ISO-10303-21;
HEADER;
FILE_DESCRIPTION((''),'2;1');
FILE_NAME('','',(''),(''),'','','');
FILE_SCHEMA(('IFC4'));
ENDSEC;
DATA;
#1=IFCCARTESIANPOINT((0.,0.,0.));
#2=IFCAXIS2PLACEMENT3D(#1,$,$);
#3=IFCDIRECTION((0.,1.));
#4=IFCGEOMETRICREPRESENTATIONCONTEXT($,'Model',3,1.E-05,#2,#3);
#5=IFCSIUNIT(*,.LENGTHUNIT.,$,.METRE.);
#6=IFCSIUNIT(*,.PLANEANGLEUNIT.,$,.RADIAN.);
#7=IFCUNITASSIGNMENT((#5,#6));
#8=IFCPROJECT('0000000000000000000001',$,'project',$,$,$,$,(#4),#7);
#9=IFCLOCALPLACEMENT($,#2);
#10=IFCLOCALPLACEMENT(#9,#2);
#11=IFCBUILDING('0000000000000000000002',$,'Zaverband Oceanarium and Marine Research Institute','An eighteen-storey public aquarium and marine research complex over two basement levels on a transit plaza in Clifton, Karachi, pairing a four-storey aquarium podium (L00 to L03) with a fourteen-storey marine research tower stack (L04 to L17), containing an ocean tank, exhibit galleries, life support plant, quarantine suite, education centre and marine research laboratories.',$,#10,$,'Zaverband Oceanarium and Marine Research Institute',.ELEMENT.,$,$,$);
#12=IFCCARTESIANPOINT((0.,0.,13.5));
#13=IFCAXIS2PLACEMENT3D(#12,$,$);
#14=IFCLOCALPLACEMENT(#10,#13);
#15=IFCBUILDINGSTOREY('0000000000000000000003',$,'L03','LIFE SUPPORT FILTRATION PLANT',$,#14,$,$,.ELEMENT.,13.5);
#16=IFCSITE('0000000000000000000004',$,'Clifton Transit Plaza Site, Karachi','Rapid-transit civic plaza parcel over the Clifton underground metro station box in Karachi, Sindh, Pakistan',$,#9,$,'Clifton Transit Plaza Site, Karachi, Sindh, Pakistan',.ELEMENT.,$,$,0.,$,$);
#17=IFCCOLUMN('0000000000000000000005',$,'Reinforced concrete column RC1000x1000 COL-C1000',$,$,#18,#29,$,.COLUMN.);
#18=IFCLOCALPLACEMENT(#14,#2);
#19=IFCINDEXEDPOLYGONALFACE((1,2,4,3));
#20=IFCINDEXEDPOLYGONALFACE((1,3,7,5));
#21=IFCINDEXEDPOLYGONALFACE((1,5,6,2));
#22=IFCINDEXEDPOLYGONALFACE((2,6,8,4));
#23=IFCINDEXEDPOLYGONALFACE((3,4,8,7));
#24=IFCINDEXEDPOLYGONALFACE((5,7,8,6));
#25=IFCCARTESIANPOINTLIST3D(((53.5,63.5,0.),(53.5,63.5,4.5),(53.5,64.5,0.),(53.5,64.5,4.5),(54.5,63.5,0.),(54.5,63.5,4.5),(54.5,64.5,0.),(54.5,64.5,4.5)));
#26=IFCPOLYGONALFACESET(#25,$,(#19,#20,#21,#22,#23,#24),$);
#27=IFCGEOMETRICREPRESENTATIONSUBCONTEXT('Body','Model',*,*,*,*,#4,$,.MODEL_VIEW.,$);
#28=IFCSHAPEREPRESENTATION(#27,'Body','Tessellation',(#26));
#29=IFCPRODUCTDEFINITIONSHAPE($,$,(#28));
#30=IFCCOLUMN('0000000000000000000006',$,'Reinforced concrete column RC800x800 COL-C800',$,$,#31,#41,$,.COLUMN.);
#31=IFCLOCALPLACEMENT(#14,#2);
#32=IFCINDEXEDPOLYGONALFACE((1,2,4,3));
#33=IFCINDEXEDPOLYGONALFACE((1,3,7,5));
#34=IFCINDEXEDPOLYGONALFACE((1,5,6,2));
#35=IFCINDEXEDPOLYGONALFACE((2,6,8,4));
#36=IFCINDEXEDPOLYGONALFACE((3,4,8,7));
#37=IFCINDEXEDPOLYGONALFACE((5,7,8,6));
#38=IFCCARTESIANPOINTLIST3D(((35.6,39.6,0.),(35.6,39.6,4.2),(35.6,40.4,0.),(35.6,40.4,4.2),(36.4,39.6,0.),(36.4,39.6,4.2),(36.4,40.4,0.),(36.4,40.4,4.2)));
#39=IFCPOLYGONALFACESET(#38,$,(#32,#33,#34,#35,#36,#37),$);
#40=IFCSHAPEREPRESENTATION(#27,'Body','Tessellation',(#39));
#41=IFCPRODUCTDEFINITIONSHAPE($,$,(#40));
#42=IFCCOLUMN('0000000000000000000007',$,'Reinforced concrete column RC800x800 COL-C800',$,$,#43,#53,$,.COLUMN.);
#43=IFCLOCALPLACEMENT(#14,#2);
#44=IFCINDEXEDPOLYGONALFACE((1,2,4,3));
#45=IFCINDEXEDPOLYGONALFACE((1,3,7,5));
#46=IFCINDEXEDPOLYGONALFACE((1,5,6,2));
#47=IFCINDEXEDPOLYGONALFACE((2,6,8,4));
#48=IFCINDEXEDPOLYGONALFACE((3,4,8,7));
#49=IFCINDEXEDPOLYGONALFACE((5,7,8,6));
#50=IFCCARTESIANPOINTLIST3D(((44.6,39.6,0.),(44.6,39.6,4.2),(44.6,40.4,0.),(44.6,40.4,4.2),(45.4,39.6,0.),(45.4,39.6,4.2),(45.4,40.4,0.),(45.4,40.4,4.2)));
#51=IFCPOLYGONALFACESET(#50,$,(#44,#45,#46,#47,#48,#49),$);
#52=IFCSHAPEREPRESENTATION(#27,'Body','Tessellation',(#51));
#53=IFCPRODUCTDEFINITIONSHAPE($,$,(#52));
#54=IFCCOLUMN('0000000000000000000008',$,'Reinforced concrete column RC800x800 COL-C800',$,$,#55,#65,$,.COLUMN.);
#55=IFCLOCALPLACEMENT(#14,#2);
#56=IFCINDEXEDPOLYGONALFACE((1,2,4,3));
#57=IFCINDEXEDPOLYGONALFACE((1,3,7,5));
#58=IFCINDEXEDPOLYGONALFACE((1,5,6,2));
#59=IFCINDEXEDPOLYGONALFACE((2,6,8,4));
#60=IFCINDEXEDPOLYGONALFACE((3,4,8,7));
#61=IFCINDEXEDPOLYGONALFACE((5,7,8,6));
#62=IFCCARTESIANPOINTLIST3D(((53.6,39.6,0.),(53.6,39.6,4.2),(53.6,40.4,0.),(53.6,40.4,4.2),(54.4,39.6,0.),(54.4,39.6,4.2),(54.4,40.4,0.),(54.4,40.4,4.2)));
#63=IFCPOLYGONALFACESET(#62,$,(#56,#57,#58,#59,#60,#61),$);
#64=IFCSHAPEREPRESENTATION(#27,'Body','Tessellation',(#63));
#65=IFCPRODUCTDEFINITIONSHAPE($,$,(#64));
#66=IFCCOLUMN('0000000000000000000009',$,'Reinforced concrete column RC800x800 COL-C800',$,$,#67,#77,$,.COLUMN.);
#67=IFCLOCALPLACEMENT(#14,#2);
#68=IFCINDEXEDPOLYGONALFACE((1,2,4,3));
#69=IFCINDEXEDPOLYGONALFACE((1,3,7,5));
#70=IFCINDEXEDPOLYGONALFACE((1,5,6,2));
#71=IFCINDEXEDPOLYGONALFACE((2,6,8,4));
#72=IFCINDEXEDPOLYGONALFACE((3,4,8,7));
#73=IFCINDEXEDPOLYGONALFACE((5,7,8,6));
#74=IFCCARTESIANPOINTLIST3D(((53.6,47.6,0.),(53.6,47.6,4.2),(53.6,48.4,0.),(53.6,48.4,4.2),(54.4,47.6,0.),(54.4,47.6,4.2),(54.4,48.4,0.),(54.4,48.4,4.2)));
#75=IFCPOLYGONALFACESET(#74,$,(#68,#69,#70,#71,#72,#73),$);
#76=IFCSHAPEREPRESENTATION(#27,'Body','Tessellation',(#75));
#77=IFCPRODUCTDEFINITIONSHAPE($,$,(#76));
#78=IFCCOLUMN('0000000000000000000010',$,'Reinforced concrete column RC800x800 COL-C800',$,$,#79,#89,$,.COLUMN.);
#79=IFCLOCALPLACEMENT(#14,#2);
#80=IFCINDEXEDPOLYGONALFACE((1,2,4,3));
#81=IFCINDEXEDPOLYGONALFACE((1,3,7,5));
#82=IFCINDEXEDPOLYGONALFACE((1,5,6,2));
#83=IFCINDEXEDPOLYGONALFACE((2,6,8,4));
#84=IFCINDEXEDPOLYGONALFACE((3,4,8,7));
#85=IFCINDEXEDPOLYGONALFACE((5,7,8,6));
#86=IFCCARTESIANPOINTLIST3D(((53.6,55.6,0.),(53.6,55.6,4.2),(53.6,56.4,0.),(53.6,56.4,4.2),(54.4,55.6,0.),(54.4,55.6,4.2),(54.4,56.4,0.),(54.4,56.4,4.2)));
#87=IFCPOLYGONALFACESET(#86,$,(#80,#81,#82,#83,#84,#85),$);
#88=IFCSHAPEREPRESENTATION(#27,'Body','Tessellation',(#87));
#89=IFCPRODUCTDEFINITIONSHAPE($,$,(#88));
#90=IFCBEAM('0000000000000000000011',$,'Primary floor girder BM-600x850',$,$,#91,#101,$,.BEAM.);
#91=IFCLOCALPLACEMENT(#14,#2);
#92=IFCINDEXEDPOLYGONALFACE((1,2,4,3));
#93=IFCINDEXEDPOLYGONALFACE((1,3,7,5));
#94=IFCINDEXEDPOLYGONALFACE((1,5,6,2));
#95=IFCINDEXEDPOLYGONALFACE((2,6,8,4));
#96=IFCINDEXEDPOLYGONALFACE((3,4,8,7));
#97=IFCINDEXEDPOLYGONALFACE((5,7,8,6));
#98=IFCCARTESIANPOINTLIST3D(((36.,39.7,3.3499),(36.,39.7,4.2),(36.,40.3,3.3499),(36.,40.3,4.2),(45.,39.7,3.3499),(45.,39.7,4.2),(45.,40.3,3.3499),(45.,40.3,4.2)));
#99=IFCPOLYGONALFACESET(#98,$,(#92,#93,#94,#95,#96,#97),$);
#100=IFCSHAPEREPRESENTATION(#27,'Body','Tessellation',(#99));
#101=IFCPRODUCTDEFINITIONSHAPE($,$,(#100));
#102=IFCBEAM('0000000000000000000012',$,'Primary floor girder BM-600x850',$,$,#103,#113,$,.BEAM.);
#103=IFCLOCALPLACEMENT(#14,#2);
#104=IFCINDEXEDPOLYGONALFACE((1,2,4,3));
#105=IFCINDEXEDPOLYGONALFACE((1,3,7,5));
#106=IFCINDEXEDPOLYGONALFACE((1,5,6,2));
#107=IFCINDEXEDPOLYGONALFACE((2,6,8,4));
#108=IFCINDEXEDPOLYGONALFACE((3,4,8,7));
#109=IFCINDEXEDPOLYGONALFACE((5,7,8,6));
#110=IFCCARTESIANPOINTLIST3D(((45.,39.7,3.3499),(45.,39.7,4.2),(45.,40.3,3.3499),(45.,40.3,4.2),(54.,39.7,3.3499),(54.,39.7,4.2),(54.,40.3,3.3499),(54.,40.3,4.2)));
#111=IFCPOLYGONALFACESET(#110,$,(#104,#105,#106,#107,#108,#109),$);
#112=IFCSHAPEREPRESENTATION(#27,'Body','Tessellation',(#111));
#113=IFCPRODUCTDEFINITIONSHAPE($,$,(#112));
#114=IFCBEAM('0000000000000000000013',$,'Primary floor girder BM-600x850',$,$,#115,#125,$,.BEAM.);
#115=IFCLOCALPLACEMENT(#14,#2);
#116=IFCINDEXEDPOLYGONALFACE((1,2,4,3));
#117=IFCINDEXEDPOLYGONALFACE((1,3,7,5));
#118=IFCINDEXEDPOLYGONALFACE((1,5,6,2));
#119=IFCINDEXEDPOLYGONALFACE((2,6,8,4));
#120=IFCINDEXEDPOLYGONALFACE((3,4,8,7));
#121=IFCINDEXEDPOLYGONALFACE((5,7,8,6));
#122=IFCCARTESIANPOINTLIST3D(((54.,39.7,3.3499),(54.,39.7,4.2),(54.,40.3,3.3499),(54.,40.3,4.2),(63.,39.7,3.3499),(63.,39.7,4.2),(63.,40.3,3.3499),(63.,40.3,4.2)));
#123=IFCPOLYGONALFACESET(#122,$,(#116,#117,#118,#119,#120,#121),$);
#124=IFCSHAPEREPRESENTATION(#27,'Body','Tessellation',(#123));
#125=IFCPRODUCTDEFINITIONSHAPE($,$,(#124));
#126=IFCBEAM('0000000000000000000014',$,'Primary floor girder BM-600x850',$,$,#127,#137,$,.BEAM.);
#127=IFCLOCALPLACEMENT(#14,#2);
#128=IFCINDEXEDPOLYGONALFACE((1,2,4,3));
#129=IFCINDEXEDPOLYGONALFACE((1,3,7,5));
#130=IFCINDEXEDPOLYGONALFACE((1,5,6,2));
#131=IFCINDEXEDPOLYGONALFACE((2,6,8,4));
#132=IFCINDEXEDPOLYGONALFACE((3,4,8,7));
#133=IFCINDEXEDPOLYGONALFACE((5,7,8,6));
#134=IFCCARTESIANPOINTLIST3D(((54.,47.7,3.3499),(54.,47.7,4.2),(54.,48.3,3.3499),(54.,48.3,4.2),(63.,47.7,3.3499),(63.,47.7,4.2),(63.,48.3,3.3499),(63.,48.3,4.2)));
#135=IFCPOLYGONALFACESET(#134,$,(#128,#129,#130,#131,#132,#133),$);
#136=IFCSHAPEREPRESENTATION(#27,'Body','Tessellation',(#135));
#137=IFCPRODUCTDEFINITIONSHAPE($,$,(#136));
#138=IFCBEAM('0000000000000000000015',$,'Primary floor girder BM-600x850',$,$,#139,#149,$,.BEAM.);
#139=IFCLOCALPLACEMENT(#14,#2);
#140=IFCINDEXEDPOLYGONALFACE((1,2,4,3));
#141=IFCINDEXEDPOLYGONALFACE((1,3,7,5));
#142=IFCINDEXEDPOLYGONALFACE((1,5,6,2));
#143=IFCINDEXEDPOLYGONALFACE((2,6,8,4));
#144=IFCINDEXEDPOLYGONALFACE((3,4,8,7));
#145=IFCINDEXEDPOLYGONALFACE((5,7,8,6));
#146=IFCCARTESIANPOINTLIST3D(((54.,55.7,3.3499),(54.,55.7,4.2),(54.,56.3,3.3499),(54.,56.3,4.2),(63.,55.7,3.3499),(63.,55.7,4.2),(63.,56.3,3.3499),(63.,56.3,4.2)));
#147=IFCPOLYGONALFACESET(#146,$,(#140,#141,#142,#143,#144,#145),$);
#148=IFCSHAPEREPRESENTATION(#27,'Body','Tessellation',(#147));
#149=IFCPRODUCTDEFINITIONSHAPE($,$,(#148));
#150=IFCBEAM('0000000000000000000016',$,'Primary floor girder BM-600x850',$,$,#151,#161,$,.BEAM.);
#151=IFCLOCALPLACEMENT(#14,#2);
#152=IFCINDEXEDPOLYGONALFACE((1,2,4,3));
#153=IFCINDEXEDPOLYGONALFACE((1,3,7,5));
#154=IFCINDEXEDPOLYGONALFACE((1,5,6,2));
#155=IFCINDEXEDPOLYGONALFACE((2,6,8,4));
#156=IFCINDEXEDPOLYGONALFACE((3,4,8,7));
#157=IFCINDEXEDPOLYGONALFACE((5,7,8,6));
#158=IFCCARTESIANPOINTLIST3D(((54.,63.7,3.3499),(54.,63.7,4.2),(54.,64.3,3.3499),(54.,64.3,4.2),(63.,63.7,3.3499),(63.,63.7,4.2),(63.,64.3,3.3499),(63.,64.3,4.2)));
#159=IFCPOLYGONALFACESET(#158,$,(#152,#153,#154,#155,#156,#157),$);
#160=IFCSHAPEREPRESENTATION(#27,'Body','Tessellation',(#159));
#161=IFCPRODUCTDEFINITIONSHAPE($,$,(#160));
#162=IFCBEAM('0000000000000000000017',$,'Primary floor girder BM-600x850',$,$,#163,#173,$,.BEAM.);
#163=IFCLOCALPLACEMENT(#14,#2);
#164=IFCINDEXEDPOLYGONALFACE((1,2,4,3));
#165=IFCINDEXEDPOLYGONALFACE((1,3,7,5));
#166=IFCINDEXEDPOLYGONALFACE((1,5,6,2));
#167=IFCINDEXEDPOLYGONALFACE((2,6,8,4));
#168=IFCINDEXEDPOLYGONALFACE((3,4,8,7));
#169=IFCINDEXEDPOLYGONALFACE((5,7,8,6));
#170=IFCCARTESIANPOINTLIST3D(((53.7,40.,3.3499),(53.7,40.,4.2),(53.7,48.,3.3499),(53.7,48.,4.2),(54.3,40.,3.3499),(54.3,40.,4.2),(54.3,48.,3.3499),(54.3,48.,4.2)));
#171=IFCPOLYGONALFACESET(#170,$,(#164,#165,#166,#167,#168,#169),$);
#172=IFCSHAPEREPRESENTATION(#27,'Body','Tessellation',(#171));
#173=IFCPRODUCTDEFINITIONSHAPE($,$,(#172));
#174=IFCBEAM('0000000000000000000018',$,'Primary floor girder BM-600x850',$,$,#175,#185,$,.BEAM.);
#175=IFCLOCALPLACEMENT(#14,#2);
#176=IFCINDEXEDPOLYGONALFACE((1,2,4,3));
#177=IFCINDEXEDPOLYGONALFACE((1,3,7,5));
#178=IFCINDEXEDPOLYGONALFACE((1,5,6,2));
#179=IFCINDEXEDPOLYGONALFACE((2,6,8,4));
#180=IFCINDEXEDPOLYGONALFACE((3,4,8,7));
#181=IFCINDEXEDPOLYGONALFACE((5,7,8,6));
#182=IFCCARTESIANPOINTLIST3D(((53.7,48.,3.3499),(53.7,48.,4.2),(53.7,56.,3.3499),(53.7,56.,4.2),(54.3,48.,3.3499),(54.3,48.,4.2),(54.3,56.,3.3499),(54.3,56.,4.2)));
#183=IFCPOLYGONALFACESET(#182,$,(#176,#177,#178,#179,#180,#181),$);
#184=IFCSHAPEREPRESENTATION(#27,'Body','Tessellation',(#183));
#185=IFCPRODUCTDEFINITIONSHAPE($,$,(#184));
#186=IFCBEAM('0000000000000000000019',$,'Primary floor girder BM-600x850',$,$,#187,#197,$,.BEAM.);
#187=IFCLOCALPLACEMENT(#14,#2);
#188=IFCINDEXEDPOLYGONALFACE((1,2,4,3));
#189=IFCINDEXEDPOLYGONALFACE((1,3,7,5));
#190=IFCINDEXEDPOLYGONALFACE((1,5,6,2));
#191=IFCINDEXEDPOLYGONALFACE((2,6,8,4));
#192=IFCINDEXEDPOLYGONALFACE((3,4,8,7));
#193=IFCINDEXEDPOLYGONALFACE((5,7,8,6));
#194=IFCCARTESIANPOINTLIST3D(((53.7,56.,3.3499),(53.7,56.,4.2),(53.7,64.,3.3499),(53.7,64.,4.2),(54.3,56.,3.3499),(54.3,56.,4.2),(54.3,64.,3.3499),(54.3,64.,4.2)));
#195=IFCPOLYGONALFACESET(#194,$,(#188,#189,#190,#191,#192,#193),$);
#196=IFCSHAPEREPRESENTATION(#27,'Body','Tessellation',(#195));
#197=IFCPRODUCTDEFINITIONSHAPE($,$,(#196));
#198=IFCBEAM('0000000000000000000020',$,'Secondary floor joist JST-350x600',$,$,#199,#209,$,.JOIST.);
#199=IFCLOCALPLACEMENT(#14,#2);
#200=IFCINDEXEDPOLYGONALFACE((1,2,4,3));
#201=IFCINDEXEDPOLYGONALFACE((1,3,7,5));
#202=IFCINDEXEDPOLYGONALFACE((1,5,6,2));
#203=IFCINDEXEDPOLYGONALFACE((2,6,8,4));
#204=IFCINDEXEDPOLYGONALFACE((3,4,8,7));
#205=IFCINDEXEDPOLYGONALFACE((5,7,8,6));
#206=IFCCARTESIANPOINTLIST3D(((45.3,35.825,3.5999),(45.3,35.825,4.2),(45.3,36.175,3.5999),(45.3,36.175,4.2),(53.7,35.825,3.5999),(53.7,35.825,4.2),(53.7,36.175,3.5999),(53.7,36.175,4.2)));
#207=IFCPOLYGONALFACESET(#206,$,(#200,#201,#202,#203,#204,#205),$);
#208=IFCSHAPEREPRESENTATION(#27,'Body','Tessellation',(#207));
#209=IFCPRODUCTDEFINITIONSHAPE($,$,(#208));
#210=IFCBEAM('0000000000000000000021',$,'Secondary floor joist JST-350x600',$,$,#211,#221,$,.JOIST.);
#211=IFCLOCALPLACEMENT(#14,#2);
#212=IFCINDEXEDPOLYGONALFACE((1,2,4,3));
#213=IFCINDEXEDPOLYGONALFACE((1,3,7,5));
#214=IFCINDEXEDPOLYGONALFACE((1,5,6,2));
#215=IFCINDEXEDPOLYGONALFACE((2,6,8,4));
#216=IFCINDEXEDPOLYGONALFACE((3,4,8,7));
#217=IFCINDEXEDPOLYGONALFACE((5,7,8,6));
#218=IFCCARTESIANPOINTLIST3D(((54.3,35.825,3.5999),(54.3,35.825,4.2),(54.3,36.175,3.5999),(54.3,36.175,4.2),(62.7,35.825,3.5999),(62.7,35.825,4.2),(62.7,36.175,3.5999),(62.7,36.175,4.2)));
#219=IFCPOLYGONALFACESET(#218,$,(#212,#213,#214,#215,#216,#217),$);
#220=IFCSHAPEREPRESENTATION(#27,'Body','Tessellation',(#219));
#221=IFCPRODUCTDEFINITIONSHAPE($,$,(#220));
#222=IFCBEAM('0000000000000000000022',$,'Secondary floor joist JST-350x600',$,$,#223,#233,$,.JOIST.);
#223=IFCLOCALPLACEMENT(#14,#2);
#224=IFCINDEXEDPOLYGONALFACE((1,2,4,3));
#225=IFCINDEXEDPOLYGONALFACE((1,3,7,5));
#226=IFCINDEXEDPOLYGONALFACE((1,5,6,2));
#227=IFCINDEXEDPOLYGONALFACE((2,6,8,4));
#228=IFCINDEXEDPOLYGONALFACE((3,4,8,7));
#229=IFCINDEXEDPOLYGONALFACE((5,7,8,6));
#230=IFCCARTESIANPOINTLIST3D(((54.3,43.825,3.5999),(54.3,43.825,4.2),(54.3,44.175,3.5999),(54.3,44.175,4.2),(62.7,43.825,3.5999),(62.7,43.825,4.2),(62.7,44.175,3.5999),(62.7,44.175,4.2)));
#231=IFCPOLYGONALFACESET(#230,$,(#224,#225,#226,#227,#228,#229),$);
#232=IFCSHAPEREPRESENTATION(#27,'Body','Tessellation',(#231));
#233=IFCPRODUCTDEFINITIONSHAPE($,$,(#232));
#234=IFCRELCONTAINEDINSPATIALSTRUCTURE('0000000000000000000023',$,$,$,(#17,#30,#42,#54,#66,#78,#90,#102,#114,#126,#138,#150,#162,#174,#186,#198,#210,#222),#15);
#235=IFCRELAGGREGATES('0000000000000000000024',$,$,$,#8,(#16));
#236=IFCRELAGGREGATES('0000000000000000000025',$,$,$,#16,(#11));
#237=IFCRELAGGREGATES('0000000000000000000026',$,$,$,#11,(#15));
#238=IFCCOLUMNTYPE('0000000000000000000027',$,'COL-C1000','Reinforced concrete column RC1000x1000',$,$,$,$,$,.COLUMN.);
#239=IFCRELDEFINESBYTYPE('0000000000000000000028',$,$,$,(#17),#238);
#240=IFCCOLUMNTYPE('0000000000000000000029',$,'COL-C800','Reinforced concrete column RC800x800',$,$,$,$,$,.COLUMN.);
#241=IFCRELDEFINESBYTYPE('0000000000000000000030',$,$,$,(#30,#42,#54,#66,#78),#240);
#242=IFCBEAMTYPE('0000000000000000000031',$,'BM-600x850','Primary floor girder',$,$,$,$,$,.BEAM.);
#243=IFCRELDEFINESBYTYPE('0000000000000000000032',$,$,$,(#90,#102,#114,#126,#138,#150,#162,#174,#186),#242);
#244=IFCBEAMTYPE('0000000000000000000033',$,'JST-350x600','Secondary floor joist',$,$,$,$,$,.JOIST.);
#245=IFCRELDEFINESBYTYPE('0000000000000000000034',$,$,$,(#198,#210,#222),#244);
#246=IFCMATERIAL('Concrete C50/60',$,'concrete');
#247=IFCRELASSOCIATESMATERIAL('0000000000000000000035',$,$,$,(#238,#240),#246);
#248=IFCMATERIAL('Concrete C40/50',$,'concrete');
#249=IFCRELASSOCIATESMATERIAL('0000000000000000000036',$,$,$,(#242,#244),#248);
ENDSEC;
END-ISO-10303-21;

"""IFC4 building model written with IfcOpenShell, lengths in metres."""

from ifc_helpers import new_model, si_unit, direction, frame, origin, origin_2d, place, context, subcontext, project, spatial, rectangle, extrude, material, material_profile, profile_set, type_object, element, save


model = new_model("IFC4")

# Units and contexts
model_context = context("Model", 3, precision=1e-05, world=origin(), true_north=direction((0.0, 1.0)))
body_context = subcontext(model_context, "Body", "Model", "MODEL_VIEW")
ifc_project = project(units=[si_unit("LENGTHUNIT", "METRE"), si_unit("PLANEANGLEUNIT", "RADIAN")], contexts=[model_context])

# Site, building, storey
site_placement = place(None, origin())
site = spatial("IfcSite", under=ifc_project, at=site_placement, Name="Clifton Transit Plaza Site, Karachi", Description="Rapid-transit civic plaza parcel over the Clifton underground metro station box in Karachi, Sindh, Pakistan", LongName="Clifton Transit Plaza Site, Karachi, Sindh, Pakistan", CompositionType="ELEMENT", RefElevation=0.0)
building_placement = place(site_placement, origin())
building = spatial("IfcBuilding", under=site, at=building_placement, Name="Zaverband Oceanarium and Marine Research Institute", Description="An eighteen-storey public aquarium and marine research complex over two basement levels on a transit plaza in Clifton, Karachi, pairing a four-storey aquarium podium (L00 to L03) with a fourteen-storey marine research tower stack (L04 to L17), containing an ocean tank, exhibit galleries, life support plant, quarantine suite, education centre and marine research laboratories.", LongName="Zaverband Oceanarium and Marine Research Institute", CompositionType="ELEMENT")
storey_placement = place(building_placement, frame((0.0, 0.0, 13.5)))
storey = spatial("IfcBuildingStorey", under=building, at=storey_placement, Name="L03", Description="LIFE SUPPORT FILTRATION PLANT", CompositionType="ELEMENT", Elevation=13.5)

# Columns
ifc_material_1 = material(Name="Concrete C50/60", Category="concrete")
ifc_material_profile_1 = material_profile(ifc_material_1, rectangle(XDim=1.0, YDim=1.0, at=origin_2d()), Name="RC1000x1000")
ifc_profile_set_1 = profile_set([ifc_material_profile_1], Name="Concrete C50/60")
column_type_1 = type_object("IfcColumnType", Name="COL-C1000", Description="Reinforced concrete column RC1000x1000", PredefinedType="COLUMN", material=ifc_profile_set_1)
column_placement = place(storey_placement, frame((54.0, 64.0, 0.0), z_axis=(0.0, 0.0, 1.0), x_axis=(1.0, 0.0, 0.0)))
element("IfcColumn", 1, at=column_placement, inside=storey, type_object=column_type_1, Name="Reinforced concrete column RC1000x1000 COL-C1000", PredefinedType="COLUMN", context=body_context, shape_type="SweptSolid", body=[
    extrude(rectangle(XDim=1.0, YDim=1.0, at=origin_2d()), origin(), (0.0, 0.0, 1.0), 4.5),
])
ifc_material_profile_2 = material_profile(ifc_material_1, rectangle(XDim=0.8, YDim=0.8, at=origin_2d()), Name="RC800x800")
ifc_profile_set_2 = profile_set([ifc_material_profile_2], Name="Concrete C50/60")
column_type_2 = type_object("IfcColumnType", Name="COL-C800", Description="Reinforced concrete column RC800x800", PredefinedType="COLUMN", material=ifc_profile_set_2)
for number, where, z_axis, x_axis, name in (
    (2, (36.0, 40.0, 0.0), (0.0, 0.0, 1.0), (1.0, 0.0, 0.0), "Reinforced concrete column RC800x800 COL-C800"),
    (3, (45.0, 40.0, 0.0), (0.0, 0.0, 1.0), (1.0, 0.0, 0.0), "Reinforced concrete column RC800x800 COL-C800"),
    (4, (54.0, 40.0, 0.0), (0.0, 0.0, 1.0), (1.0, 0.0, 0.0), "Reinforced concrete column RC800x800 COL-C800"),
    (5, (54.0, 48.0, 0.0), (0.0, 0.0, 1.0), (1.0, 0.0, 0.0), "Reinforced concrete column RC800x800 COL-C800"),
    (6, (54.0, 56.0, 0.0), (0.0, 0.0, 1.0), (1.0, 0.0, 0.0), "Reinforced concrete column RC800x800 COL-C800"),
):
    element("IfcColumn", number, at=place(storey_placement, frame(where, z_axis=z_axis, x_axis=x_axis)), inside=storey, type_object=column_type_2, Name=name, PredefinedType="COLUMN", context=body_context, shape_type="SweptSolid", body=[
        extrude(rectangle(XDim=0.8, YDim=0.8, at=origin_2d()), origin(), (0.0, 0.0, 1.0), 4.2),
    ])

# Beams
ifc_material_2 = material(Name="Concrete C40/50", Category="concrete")
ifc_material_profile_3 = material_profile(ifc_material_2, rectangle(XDim=0.6001, YDim=0.8501, at=origin_2d()), Name="RC600x850")
ifc_profile_set_3 = profile_set([ifc_material_profile_3], Name="Concrete C40/50")
beam_type_1 = type_object("IfcBeamType", Name="BM-600x850", Description="Primary floor girder", PredefinedType="BEAM", material=ifc_profile_set_3)
for number, where, z_axis, x_axis, name in (
    (7, (36.0, 40.0, 3.7749), (1.0, 0.0, 0.0), (0.0, 1.0, 0.0), "Primary floor girder BM-600x850"),
    (8, (45.0, 40.0, 3.7749), (1.0, 0.0, 0.0), (0.0, 1.0, 0.0), "Primary floor girder BM-600x850"),
    (9, (54.0, 40.0, 3.7749), (1.0, 0.0, 0.0), (0.0, 1.0, 0.0), "Primary floor girder BM-600x850"),
    (10, (54.0, 48.0, 3.7749), (1.0, 0.0, 0.0), (0.0, 1.0, 0.0), "Primary floor girder BM-600x850"),
    (11, (54.0, 56.0, 3.7749), (1.0, 0.0, 0.0), (0.0, 1.0, 0.0), "Primary floor girder BM-600x850"),
    (12, (54.0, 64.0, 3.7749), (1.0, 0.0, 0.0), (0.0, 1.0, 0.0), "Primary floor girder BM-600x850"),
):
    element("IfcBeam", number, at=place(storey_placement, frame(where, z_axis=z_axis, x_axis=x_axis)), inside=storey, type_object=beam_type_1, Name=name, PredefinedType="BEAM", context=body_context, shape_type="SweptSolid", body=[
        extrude(rectangle(XDim=0.6001, YDim=0.8501, at=origin_2d()), origin(), (0.0, 0.0, 1.0), 9.0),
    ])
for number, where, z_axis, x_axis, name in (
    (13, (54.0, 40.0, 3.7749), (0.0, 1.0, 0.0), (-1.0, 0.0, 0.0), "Primary floor girder BM-600x850"),
    (14, (54.0, 48.0, 3.7749), (0.0, 1.0, 0.0), (-1.0, 0.0, 0.0), "Primary floor girder BM-600x850"),
    (15, (54.0, 56.0, 3.7749), (0.0, 1.0, 0.0), (-1.0, 0.0, 0.0), "Primary floor girder BM-600x850"),
):
    element("IfcBeam", number, at=place(storey_placement, frame(where, z_axis=z_axis, x_axis=x_axis)), inside=storey, type_object=beam_type_1, Name=name, PredefinedType="BEAM", context=body_context, shape_type="SweptSolid", body=[
        extrude(rectangle(XDim=0.6001, YDim=0.8501, at=origin_2d()), origin(), (0.0, 0.0, 1.0), 8.0),
    ])
ifc_material_profile_4 = material_profile(ifc_material_2, rectangle(XDim=0.3501, YDim=0.6001, at=origin_2d()), Name="RC350x600")
ifc_profile_set_4 = profile_set([ifc_material_profile_4], Name="Concrete C40/50")
beam_type_2 = type_object("IfcBeamType", Name="JST-350x600", Description="Secondary floor joist", PredefinedType="JOIST", material=ifc_profile_set_4)
for number, where, z_axis, x_axis, name in (
    (16, (45.3, 36.0, 3.8999), (1.0, 0.0, 0.0), (0.0, 1.0, 0.0), "Secondary floor joist JST-350x600"),
    (17, (54.3, 36.0, 3.8999), (1.0, 0.0, 0.0), (0.0, 1.0, 0.0), "Secondary floor joist JST-350x600"),
    (18, (54.3, 44.0, 3.8999), (1.0, 0.0, 0.0), (0.0, 1.0, 0.0), "Secondary floor joist JST-350x600"),
):
    element("IfcBeam", number, at=place(storey_placement, frame(where, z_axis=z_axis, x_axis=x_axis)), inside=storey, type_object=beam_type_2, Name=name, PredefinedType="JOIST", context=body_context, shape_type="SweptSolid", body=[
        extrude(rectangle(XDim=0.3501, YDim=0.6001, at=origin_2d()), origin(), (0.0, 0.0, 1.0), 8.3999),
    ])

save(model, "model.ifc")
